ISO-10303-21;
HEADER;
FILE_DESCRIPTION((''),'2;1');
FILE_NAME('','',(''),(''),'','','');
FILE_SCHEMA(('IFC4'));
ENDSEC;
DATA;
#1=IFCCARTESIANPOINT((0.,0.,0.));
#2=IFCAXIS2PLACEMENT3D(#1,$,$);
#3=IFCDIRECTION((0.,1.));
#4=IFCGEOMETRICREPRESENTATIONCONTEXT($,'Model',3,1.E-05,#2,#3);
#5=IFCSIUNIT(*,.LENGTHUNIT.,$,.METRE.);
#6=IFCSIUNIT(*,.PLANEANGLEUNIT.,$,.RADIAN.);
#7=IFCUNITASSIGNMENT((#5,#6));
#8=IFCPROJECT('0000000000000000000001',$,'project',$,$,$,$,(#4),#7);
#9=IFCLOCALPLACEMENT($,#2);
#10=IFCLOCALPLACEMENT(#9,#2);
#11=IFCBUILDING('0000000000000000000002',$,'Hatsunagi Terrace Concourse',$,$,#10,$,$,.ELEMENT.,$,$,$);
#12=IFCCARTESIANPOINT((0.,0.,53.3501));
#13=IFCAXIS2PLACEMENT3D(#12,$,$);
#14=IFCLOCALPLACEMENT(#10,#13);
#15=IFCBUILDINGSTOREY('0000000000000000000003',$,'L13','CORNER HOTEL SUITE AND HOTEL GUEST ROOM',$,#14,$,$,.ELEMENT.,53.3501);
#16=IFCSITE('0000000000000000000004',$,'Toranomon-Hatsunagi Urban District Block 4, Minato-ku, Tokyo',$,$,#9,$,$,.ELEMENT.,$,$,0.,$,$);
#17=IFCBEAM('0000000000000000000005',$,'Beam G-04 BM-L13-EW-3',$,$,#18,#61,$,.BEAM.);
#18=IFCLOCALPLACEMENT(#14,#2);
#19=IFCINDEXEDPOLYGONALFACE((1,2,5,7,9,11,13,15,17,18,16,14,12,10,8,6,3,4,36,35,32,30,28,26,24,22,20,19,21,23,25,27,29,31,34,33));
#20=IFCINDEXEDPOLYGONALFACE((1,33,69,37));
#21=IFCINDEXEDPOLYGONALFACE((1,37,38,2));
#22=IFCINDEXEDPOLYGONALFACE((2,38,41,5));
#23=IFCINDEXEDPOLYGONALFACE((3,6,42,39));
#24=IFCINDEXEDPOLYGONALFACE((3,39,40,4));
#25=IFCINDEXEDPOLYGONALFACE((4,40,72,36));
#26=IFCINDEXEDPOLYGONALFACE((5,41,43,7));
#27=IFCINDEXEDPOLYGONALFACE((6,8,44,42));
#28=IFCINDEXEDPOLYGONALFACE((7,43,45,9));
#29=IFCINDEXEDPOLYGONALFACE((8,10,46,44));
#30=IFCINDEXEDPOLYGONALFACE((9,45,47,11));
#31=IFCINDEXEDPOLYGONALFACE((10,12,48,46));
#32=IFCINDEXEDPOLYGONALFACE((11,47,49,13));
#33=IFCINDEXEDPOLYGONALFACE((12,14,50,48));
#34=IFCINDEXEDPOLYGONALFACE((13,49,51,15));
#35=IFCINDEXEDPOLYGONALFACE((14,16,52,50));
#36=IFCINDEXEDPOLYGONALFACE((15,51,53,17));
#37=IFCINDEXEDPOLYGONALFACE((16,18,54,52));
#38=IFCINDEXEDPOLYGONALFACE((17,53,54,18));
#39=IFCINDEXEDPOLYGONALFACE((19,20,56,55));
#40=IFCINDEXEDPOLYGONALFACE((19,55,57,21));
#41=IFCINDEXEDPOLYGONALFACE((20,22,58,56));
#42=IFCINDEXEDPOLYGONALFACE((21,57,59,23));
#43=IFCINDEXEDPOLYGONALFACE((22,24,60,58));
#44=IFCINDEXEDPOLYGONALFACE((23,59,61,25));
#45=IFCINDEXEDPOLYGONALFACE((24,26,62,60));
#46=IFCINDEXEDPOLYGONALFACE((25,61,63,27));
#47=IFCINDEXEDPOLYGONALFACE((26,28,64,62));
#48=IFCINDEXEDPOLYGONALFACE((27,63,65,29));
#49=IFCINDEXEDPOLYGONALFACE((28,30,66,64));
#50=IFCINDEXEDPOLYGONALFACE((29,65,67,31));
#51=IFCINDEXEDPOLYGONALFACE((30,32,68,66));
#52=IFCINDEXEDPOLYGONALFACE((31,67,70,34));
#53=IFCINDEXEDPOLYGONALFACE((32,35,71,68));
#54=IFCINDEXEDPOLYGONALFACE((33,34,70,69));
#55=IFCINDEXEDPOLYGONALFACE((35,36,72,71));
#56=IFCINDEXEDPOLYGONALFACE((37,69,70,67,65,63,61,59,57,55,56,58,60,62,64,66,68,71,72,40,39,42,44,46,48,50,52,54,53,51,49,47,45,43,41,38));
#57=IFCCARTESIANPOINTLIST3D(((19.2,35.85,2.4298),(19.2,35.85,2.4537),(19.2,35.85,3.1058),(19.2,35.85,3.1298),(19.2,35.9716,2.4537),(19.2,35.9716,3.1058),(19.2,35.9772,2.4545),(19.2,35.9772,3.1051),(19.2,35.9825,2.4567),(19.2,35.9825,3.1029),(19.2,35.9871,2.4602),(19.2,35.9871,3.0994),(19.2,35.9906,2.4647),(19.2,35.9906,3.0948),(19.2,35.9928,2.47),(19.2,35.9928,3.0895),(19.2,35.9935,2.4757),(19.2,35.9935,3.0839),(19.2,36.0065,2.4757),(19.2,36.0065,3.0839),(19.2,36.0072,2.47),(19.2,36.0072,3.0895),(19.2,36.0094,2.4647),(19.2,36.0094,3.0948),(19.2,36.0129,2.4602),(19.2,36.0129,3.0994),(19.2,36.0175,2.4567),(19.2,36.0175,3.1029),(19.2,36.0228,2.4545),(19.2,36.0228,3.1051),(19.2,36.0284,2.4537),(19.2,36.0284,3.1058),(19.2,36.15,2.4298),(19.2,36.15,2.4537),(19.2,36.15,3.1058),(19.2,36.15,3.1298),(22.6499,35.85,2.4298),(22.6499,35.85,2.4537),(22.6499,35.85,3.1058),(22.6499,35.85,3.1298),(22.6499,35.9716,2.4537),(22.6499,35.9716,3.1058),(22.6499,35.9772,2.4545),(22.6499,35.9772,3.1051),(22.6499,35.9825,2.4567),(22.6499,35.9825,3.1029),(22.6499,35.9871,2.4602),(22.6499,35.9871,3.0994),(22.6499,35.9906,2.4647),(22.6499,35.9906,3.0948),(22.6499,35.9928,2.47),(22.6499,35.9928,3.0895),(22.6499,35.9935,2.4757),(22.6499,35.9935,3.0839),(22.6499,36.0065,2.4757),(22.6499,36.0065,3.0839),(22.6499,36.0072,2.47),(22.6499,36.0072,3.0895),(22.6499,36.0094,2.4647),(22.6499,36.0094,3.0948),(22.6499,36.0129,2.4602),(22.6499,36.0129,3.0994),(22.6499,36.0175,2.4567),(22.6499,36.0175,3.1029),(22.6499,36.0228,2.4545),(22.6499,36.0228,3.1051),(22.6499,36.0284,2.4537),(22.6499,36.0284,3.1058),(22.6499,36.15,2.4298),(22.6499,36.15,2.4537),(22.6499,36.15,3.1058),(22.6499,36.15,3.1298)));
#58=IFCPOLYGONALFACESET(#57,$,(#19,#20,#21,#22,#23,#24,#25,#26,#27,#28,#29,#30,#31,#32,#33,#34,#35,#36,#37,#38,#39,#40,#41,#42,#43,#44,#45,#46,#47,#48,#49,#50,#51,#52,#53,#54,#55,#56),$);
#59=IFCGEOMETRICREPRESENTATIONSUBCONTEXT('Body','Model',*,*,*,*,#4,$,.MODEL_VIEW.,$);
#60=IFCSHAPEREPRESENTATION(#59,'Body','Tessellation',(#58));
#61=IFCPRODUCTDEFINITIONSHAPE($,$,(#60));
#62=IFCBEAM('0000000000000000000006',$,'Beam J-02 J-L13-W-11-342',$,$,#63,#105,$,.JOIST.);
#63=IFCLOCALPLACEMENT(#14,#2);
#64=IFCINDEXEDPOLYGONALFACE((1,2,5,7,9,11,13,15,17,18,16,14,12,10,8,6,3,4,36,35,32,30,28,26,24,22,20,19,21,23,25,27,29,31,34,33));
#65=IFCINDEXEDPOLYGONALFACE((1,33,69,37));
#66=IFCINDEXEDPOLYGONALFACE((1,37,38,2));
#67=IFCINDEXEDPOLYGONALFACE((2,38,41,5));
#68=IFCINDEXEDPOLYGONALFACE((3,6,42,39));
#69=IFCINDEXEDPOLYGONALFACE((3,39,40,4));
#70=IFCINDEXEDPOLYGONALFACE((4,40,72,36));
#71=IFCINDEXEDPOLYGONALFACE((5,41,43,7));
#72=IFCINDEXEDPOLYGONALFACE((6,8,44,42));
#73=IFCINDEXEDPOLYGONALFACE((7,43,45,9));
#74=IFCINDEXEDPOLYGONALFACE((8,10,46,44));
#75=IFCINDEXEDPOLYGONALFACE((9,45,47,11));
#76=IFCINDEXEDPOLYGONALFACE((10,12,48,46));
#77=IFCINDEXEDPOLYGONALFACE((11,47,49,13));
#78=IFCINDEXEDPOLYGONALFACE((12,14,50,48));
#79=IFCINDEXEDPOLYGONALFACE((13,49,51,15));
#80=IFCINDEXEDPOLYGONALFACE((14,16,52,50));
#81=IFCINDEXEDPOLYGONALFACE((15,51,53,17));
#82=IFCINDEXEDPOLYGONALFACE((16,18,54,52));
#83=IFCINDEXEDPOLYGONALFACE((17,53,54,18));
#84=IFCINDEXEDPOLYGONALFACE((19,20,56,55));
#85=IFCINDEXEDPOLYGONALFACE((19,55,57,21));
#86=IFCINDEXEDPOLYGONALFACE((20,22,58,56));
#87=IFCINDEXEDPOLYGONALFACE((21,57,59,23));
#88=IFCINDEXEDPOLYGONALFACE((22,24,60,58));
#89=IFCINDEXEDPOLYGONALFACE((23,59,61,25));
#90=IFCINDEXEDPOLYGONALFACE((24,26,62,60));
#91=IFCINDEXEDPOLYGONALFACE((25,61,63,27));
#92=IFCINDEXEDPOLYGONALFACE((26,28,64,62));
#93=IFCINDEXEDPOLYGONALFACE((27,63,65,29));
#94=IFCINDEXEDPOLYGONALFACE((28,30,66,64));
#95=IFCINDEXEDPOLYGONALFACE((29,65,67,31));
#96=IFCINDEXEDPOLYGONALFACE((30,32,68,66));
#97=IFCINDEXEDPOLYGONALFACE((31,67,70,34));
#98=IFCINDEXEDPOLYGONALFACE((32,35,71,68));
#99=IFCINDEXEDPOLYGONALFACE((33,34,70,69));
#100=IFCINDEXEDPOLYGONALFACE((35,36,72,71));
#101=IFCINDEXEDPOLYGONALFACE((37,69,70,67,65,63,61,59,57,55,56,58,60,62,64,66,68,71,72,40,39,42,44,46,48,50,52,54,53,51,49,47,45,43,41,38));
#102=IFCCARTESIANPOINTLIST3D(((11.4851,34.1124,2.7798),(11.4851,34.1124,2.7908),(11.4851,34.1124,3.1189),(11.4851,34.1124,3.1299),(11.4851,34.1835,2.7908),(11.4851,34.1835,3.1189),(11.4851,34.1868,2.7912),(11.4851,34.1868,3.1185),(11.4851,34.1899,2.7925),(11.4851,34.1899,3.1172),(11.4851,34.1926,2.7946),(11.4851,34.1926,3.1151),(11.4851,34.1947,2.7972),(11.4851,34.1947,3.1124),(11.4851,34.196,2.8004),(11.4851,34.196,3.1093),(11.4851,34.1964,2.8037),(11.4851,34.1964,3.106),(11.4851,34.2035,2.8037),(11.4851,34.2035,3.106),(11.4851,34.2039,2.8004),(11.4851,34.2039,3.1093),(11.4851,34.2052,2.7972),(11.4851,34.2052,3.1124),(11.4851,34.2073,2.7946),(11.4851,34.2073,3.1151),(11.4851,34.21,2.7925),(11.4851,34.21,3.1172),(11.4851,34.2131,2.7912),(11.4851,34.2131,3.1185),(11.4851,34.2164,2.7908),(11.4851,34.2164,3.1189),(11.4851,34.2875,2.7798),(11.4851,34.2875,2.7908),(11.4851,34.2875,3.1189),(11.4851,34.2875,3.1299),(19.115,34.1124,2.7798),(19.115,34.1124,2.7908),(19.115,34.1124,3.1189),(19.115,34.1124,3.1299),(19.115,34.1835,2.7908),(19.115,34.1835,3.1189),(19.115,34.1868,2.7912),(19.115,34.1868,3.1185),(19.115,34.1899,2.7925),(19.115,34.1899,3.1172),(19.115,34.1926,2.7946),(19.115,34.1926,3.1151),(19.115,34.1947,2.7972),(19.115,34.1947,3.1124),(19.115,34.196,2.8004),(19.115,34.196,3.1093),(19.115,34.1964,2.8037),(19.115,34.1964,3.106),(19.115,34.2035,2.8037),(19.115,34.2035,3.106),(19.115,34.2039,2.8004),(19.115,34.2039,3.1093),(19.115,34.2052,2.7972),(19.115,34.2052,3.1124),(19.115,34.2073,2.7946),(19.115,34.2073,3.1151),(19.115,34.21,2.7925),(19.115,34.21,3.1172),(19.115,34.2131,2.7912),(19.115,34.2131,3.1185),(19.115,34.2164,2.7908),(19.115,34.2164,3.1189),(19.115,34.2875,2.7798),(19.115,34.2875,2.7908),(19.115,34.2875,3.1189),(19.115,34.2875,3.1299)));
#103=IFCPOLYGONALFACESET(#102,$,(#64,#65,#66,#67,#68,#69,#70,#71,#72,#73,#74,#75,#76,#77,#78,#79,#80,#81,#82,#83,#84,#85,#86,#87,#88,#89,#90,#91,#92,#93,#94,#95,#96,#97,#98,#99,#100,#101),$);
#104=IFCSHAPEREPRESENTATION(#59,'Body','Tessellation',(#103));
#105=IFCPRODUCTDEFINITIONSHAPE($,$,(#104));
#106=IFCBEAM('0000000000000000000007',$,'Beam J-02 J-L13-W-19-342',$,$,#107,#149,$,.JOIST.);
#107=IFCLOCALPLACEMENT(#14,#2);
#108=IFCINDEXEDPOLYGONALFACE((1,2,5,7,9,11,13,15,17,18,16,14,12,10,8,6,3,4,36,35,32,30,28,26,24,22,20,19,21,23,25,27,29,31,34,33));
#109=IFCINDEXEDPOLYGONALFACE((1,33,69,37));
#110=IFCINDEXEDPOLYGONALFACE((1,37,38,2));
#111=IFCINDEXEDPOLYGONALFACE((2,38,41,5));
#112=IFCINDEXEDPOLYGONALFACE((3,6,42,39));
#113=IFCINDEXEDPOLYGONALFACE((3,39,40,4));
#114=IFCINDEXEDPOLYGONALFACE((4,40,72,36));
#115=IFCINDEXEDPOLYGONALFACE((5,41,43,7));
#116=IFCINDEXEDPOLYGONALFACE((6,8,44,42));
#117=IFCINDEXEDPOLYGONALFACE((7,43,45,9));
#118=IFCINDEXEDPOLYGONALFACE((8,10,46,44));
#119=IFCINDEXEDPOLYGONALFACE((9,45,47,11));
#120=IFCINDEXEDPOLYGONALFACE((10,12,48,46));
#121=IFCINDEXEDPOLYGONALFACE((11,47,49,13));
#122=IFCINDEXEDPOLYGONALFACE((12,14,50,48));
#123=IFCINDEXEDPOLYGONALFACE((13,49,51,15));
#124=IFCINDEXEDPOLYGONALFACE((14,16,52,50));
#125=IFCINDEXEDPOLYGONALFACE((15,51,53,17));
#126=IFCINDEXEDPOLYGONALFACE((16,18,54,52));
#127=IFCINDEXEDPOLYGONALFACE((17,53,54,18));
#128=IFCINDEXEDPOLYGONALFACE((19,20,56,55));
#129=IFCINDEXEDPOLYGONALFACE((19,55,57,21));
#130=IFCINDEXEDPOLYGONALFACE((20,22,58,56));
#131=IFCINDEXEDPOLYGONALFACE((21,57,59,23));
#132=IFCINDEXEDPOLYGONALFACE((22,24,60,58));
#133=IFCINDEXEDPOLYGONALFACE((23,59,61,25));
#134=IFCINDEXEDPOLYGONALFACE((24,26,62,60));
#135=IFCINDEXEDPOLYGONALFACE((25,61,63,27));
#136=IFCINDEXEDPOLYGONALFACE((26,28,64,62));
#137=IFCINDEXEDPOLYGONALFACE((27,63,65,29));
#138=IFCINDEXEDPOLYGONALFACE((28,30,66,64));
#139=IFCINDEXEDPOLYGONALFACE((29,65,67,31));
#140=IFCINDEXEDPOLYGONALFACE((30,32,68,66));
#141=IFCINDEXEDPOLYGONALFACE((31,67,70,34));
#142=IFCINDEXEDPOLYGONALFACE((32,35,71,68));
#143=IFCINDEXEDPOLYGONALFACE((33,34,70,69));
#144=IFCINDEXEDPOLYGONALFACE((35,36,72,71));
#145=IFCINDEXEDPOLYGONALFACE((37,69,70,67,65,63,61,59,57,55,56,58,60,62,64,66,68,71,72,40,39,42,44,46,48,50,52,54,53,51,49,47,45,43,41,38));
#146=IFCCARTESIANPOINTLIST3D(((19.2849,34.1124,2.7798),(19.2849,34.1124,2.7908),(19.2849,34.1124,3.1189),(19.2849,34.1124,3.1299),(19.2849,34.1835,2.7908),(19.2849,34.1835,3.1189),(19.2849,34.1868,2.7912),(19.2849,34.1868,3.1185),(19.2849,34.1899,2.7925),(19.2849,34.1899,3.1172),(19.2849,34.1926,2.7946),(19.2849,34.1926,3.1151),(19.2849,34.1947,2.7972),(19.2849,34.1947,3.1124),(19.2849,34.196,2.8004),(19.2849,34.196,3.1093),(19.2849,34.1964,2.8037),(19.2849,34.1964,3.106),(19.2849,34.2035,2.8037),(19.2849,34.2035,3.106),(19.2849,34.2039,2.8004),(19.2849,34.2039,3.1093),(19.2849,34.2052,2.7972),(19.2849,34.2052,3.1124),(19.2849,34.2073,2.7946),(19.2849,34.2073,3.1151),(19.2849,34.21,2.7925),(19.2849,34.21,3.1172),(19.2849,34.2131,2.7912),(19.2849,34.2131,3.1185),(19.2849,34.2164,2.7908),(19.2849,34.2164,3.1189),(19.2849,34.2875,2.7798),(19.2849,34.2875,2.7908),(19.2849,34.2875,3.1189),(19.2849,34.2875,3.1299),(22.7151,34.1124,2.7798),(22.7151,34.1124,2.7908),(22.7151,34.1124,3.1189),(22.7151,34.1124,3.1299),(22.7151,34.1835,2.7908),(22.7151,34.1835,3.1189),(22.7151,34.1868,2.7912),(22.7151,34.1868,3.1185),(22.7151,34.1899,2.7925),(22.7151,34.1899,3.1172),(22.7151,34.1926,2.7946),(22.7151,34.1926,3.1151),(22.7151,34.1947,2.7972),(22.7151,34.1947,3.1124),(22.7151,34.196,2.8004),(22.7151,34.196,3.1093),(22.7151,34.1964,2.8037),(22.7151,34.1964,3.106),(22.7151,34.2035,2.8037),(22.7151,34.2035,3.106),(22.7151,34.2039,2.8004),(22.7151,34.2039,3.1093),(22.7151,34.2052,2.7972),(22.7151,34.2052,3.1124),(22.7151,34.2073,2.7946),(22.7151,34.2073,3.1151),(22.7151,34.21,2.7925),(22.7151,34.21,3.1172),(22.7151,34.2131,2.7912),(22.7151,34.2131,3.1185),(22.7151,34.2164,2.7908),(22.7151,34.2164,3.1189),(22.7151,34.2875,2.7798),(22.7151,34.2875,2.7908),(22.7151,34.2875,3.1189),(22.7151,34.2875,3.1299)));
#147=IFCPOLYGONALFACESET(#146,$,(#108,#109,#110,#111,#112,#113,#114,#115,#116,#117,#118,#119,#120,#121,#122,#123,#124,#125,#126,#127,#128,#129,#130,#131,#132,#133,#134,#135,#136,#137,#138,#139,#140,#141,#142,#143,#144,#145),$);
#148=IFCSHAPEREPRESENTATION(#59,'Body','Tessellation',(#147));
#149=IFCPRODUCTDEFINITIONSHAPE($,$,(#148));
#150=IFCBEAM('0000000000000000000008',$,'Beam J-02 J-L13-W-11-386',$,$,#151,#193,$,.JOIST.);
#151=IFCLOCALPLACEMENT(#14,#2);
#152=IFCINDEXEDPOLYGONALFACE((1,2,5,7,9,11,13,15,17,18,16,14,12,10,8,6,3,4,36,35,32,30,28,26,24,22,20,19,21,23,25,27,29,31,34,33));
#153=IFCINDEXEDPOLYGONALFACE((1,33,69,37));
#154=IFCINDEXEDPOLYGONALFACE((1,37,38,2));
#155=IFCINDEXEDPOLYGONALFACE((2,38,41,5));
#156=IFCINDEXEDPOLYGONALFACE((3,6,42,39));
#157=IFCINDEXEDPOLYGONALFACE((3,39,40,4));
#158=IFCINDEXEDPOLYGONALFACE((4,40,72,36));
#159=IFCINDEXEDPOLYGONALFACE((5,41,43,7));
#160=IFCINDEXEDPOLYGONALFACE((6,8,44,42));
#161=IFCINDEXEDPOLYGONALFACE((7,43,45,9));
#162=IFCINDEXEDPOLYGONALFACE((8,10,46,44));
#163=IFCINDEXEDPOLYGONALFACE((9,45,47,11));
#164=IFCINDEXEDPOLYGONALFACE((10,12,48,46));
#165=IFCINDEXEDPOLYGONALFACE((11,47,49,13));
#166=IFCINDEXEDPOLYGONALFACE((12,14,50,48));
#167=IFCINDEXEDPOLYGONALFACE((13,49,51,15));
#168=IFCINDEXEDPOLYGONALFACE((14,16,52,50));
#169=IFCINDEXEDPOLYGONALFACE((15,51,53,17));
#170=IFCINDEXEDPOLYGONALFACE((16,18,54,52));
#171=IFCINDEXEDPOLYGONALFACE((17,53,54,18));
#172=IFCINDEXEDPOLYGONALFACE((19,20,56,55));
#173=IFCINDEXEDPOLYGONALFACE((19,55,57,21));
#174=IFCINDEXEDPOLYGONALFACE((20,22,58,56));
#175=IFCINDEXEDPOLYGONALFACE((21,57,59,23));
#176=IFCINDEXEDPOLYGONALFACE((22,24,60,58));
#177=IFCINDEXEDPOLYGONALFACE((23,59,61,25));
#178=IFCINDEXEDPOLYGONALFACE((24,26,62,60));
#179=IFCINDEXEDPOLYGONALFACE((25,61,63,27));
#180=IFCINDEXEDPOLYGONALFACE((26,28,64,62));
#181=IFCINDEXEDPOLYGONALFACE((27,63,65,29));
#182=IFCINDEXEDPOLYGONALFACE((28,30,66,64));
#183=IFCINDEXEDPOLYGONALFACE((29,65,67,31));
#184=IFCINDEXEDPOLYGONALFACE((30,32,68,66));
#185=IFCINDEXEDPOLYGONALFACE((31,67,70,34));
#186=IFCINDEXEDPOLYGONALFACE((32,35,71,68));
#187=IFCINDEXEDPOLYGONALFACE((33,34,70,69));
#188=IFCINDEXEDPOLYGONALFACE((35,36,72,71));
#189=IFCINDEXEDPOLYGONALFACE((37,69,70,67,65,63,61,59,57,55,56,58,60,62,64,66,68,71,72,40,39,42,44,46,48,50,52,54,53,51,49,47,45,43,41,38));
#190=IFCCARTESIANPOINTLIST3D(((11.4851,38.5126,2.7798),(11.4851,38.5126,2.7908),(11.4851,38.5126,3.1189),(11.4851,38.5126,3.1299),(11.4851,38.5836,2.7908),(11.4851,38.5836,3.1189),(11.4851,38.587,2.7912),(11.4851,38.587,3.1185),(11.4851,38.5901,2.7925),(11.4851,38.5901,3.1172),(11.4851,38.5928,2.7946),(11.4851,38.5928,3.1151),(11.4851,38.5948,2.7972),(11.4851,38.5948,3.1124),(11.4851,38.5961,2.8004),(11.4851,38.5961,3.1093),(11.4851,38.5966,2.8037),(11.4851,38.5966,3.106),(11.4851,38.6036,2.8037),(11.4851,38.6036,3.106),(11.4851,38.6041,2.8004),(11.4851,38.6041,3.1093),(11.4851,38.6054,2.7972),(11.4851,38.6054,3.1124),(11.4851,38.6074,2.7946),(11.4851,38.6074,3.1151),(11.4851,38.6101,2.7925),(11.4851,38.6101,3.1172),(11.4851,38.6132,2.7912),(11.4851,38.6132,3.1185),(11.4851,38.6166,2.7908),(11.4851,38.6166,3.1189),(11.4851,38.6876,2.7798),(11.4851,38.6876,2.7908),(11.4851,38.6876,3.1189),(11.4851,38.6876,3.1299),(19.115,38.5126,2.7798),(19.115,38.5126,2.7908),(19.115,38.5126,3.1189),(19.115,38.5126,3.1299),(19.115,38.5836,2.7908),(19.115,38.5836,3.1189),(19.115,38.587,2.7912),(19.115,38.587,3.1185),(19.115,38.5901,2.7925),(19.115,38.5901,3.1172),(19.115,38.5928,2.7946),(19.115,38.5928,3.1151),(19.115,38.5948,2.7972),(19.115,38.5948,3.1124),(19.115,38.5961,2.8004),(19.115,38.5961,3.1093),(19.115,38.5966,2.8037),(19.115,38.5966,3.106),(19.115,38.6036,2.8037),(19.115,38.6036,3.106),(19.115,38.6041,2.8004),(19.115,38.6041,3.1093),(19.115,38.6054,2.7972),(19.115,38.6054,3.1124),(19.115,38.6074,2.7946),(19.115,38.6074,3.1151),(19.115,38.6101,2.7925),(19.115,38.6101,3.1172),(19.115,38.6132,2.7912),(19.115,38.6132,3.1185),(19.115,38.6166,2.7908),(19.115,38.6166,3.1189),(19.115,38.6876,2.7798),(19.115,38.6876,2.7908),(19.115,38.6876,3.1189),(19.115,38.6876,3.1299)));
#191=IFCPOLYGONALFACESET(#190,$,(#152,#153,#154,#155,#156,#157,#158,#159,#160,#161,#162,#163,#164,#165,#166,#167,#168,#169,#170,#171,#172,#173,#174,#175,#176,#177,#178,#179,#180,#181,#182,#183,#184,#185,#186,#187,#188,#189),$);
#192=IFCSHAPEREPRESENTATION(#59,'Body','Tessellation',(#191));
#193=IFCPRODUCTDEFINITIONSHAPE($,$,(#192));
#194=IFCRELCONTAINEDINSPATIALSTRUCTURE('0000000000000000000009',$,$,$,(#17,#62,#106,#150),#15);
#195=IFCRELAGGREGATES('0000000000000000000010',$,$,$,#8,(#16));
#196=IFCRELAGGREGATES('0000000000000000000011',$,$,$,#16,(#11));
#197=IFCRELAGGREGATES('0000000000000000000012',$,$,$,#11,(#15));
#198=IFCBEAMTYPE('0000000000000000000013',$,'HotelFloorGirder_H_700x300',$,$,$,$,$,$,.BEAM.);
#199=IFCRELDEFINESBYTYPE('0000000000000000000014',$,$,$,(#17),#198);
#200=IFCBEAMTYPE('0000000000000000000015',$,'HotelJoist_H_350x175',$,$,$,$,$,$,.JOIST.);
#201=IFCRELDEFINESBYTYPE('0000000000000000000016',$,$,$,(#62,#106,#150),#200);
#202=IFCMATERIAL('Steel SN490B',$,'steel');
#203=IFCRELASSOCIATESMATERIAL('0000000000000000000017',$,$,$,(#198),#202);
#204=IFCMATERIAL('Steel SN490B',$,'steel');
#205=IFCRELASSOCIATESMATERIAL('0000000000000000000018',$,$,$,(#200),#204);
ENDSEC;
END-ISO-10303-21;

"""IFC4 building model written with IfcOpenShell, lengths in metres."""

from ifc_helpers import new_model, si_unit, direction, frame, origin, origin_2d, place, context, subcontext, project, spatial, i_section, extrude, material, material_profile, profile_set, type_object, element, save


model = new_model("IFC4")

# Units and contexts
model_context = context("Model", 3, precision=1e-05, world=origin(), true_north=direction((0.0, 1.0)))
body_context = subcontext(model_context, "Body", "Model", "MODEL_VIEW")
ifc_project = project(units=[si_unit("LENGTHUNIT", "METRE"), si_unit("PLANEANGLEUNIT", "RADIAN")], contexts=[model_context])

# Site, building, storey
site_placement = place(None, origin())
site = spatial("IfcSite", under=ifc_project, at=site_placement, Name="Toranomon-Hatsunagi Urban District Block 4, Minato-ku, Tokyo", CompositionType="ELEMENT", RefElevation=0.0)
building_placement = place(site_placement, origin())
building = spatial("IfcBuilding", under=site, at=building_placement, Name="Hatsunagi Terrace Concourse", CompositionType="ELEMENT")
storey_placement = place(building_placement, frame((0.0, 0.0, 53.3501)))
storey = spatial("IfcBuildingStorey", under=building, at=storey_placement, Name="L13", Description="CORNER HOTEL SUITE AND HOTEL GUEST ROOM", CompositionType="ELEMENT", Elevation=53.3501)

# Beams
ifc_material_1 = material(Name="Steel SN490B", Category="steel")
ifc_material_profile_1 = material_profile(ifc_material_1, i_section(OverallWidth=0.3, OverallDepth=0.7, WebThickness=0.0129, FlangeThickness=0.0239, FilletRadius=0.022, at=origin_2d()), Name="H-700x300x13x24")
ifc_profile_set_1 = profile_set([ifc_material_profile_1], Name="Steel SN490B")
beam_type_1 = type_object("IfcBeamType", Name="HotelFloorGirder_H_700x300", PredefinedType="BEAM", material=ifc_profile_set_1)
beam_1_placement = place(storey_placement, frame((19.2, 36.0, 2.7798), z_axis=(1.0, 0.0, 0.0), x_axis=(0.0, 1.0, 0.0)))
element("IfcBeam", 1, at=beam_1_placement, inside=storey, type_object=beam_type_1, Name="Beam G-04 BM-L13-EW-3", PredefinedType="BEAM", context=body_context, shape_type="SweptSolid", body=[
    extrude(i_section(OverallWidth=0.3, OverallDepth=0.7, WebThickness=0.0129, FlangeThickness=0.0239, FilletRadius=0.022, at=origin_2d()), origin(), (0.0, 0.0, 1.0), 3.45),
])
ifc_material_2 = material(Name="Steel SN490B", Category="steel")
ifc_material_profile_2 = material_profile(ifc_material_2, i_section(OverallWidth=0.175, OverallDepth=0.3501, WebThickness=0.0071, FlangeThickness=0.011, FilletRadius=0.0129, at=origin_2d()), Name="H-350x175x7x11")
ifc_profile_set_2 = profile_set([ifc_material_profile_2], Name="Steel SN490B")
beam_type_2 = type_object("IfcBeamType", Name="HotelJoist_H_350x175", PredefinedType="JOIST", material=ifc_profile_set_2)
beam_2_placement = place(storey_placement, frame((11.4851, 34.2, 2.9548), z_axis=(1.0, 0.0, 0.0), x_axis=(0.0, 1.0, 0.0)))
element("IfcBeam", 2, at=beam_2_placement, inside=storey, type_object=beam_type_2, Name="Beam J-02 J-L13-W-11-342", PredefinedType="JOIST", context=body_context, shape_type="SweptSolid", body=[
    extrude(i_section(OverallWidth=0.175, OverallDepth=0.3501, WebThickness=0.0071, FlangeThickness=0.011, FilletRadius=0.0129, at=origin_2d()), origin(), (0.0, 0.0, 1.0), 7.6299),
])
beam_3_placement = place(storey_placement, frame((19.2849, 34.2, 2.9548), z_axis=(1.0, 0.0, 0.0), x_axis=(0.0, 1.0, 0.0)))
element("IfcBeam", 3, at=beam_3_placement, inside=storey, type_object=beam_type_2, Name="Beam J-02 J-L13-W-19-342", PredefinedType="JOIST", context=body_context, shape_type="SweptSolid", body=[
    extrude(i_section(OverallWidth=0.175, OverallDepth=0.3501, WebThickness=0.0071, FlangeThickness=0.011, FilletRadius=0.0129, at=origin_2d()), origin(), (0.0, 0.0, 1.0), 3.4302),
])
beam_4_placement = place(storey_placement, frame((11.4851, 38.6001, 2.9548), z_axis=(1.0, 0.0, 0.0), x_axis=(0.0, 1.0, 0.0)))
element("IfcBeam", 4, at=beam_4_placement, inside=storey, type_object=beam_type_2, Name="Beam J-02 J-L13-W-11-386", PredefinedType="JOIST", context=body_context, shape_type="SweptSolid", body=[
    extrude(i_section(OverallWidth=0.175, OverallDepth=0.3501, WebThickness=0.0071, FlangeThickness=0.011, FilletRadius=0.0129, at=origin_2d()), origin(), (0.0, 0.0, 1.0), 7.6299),
])

save(model, "model.ifc")
